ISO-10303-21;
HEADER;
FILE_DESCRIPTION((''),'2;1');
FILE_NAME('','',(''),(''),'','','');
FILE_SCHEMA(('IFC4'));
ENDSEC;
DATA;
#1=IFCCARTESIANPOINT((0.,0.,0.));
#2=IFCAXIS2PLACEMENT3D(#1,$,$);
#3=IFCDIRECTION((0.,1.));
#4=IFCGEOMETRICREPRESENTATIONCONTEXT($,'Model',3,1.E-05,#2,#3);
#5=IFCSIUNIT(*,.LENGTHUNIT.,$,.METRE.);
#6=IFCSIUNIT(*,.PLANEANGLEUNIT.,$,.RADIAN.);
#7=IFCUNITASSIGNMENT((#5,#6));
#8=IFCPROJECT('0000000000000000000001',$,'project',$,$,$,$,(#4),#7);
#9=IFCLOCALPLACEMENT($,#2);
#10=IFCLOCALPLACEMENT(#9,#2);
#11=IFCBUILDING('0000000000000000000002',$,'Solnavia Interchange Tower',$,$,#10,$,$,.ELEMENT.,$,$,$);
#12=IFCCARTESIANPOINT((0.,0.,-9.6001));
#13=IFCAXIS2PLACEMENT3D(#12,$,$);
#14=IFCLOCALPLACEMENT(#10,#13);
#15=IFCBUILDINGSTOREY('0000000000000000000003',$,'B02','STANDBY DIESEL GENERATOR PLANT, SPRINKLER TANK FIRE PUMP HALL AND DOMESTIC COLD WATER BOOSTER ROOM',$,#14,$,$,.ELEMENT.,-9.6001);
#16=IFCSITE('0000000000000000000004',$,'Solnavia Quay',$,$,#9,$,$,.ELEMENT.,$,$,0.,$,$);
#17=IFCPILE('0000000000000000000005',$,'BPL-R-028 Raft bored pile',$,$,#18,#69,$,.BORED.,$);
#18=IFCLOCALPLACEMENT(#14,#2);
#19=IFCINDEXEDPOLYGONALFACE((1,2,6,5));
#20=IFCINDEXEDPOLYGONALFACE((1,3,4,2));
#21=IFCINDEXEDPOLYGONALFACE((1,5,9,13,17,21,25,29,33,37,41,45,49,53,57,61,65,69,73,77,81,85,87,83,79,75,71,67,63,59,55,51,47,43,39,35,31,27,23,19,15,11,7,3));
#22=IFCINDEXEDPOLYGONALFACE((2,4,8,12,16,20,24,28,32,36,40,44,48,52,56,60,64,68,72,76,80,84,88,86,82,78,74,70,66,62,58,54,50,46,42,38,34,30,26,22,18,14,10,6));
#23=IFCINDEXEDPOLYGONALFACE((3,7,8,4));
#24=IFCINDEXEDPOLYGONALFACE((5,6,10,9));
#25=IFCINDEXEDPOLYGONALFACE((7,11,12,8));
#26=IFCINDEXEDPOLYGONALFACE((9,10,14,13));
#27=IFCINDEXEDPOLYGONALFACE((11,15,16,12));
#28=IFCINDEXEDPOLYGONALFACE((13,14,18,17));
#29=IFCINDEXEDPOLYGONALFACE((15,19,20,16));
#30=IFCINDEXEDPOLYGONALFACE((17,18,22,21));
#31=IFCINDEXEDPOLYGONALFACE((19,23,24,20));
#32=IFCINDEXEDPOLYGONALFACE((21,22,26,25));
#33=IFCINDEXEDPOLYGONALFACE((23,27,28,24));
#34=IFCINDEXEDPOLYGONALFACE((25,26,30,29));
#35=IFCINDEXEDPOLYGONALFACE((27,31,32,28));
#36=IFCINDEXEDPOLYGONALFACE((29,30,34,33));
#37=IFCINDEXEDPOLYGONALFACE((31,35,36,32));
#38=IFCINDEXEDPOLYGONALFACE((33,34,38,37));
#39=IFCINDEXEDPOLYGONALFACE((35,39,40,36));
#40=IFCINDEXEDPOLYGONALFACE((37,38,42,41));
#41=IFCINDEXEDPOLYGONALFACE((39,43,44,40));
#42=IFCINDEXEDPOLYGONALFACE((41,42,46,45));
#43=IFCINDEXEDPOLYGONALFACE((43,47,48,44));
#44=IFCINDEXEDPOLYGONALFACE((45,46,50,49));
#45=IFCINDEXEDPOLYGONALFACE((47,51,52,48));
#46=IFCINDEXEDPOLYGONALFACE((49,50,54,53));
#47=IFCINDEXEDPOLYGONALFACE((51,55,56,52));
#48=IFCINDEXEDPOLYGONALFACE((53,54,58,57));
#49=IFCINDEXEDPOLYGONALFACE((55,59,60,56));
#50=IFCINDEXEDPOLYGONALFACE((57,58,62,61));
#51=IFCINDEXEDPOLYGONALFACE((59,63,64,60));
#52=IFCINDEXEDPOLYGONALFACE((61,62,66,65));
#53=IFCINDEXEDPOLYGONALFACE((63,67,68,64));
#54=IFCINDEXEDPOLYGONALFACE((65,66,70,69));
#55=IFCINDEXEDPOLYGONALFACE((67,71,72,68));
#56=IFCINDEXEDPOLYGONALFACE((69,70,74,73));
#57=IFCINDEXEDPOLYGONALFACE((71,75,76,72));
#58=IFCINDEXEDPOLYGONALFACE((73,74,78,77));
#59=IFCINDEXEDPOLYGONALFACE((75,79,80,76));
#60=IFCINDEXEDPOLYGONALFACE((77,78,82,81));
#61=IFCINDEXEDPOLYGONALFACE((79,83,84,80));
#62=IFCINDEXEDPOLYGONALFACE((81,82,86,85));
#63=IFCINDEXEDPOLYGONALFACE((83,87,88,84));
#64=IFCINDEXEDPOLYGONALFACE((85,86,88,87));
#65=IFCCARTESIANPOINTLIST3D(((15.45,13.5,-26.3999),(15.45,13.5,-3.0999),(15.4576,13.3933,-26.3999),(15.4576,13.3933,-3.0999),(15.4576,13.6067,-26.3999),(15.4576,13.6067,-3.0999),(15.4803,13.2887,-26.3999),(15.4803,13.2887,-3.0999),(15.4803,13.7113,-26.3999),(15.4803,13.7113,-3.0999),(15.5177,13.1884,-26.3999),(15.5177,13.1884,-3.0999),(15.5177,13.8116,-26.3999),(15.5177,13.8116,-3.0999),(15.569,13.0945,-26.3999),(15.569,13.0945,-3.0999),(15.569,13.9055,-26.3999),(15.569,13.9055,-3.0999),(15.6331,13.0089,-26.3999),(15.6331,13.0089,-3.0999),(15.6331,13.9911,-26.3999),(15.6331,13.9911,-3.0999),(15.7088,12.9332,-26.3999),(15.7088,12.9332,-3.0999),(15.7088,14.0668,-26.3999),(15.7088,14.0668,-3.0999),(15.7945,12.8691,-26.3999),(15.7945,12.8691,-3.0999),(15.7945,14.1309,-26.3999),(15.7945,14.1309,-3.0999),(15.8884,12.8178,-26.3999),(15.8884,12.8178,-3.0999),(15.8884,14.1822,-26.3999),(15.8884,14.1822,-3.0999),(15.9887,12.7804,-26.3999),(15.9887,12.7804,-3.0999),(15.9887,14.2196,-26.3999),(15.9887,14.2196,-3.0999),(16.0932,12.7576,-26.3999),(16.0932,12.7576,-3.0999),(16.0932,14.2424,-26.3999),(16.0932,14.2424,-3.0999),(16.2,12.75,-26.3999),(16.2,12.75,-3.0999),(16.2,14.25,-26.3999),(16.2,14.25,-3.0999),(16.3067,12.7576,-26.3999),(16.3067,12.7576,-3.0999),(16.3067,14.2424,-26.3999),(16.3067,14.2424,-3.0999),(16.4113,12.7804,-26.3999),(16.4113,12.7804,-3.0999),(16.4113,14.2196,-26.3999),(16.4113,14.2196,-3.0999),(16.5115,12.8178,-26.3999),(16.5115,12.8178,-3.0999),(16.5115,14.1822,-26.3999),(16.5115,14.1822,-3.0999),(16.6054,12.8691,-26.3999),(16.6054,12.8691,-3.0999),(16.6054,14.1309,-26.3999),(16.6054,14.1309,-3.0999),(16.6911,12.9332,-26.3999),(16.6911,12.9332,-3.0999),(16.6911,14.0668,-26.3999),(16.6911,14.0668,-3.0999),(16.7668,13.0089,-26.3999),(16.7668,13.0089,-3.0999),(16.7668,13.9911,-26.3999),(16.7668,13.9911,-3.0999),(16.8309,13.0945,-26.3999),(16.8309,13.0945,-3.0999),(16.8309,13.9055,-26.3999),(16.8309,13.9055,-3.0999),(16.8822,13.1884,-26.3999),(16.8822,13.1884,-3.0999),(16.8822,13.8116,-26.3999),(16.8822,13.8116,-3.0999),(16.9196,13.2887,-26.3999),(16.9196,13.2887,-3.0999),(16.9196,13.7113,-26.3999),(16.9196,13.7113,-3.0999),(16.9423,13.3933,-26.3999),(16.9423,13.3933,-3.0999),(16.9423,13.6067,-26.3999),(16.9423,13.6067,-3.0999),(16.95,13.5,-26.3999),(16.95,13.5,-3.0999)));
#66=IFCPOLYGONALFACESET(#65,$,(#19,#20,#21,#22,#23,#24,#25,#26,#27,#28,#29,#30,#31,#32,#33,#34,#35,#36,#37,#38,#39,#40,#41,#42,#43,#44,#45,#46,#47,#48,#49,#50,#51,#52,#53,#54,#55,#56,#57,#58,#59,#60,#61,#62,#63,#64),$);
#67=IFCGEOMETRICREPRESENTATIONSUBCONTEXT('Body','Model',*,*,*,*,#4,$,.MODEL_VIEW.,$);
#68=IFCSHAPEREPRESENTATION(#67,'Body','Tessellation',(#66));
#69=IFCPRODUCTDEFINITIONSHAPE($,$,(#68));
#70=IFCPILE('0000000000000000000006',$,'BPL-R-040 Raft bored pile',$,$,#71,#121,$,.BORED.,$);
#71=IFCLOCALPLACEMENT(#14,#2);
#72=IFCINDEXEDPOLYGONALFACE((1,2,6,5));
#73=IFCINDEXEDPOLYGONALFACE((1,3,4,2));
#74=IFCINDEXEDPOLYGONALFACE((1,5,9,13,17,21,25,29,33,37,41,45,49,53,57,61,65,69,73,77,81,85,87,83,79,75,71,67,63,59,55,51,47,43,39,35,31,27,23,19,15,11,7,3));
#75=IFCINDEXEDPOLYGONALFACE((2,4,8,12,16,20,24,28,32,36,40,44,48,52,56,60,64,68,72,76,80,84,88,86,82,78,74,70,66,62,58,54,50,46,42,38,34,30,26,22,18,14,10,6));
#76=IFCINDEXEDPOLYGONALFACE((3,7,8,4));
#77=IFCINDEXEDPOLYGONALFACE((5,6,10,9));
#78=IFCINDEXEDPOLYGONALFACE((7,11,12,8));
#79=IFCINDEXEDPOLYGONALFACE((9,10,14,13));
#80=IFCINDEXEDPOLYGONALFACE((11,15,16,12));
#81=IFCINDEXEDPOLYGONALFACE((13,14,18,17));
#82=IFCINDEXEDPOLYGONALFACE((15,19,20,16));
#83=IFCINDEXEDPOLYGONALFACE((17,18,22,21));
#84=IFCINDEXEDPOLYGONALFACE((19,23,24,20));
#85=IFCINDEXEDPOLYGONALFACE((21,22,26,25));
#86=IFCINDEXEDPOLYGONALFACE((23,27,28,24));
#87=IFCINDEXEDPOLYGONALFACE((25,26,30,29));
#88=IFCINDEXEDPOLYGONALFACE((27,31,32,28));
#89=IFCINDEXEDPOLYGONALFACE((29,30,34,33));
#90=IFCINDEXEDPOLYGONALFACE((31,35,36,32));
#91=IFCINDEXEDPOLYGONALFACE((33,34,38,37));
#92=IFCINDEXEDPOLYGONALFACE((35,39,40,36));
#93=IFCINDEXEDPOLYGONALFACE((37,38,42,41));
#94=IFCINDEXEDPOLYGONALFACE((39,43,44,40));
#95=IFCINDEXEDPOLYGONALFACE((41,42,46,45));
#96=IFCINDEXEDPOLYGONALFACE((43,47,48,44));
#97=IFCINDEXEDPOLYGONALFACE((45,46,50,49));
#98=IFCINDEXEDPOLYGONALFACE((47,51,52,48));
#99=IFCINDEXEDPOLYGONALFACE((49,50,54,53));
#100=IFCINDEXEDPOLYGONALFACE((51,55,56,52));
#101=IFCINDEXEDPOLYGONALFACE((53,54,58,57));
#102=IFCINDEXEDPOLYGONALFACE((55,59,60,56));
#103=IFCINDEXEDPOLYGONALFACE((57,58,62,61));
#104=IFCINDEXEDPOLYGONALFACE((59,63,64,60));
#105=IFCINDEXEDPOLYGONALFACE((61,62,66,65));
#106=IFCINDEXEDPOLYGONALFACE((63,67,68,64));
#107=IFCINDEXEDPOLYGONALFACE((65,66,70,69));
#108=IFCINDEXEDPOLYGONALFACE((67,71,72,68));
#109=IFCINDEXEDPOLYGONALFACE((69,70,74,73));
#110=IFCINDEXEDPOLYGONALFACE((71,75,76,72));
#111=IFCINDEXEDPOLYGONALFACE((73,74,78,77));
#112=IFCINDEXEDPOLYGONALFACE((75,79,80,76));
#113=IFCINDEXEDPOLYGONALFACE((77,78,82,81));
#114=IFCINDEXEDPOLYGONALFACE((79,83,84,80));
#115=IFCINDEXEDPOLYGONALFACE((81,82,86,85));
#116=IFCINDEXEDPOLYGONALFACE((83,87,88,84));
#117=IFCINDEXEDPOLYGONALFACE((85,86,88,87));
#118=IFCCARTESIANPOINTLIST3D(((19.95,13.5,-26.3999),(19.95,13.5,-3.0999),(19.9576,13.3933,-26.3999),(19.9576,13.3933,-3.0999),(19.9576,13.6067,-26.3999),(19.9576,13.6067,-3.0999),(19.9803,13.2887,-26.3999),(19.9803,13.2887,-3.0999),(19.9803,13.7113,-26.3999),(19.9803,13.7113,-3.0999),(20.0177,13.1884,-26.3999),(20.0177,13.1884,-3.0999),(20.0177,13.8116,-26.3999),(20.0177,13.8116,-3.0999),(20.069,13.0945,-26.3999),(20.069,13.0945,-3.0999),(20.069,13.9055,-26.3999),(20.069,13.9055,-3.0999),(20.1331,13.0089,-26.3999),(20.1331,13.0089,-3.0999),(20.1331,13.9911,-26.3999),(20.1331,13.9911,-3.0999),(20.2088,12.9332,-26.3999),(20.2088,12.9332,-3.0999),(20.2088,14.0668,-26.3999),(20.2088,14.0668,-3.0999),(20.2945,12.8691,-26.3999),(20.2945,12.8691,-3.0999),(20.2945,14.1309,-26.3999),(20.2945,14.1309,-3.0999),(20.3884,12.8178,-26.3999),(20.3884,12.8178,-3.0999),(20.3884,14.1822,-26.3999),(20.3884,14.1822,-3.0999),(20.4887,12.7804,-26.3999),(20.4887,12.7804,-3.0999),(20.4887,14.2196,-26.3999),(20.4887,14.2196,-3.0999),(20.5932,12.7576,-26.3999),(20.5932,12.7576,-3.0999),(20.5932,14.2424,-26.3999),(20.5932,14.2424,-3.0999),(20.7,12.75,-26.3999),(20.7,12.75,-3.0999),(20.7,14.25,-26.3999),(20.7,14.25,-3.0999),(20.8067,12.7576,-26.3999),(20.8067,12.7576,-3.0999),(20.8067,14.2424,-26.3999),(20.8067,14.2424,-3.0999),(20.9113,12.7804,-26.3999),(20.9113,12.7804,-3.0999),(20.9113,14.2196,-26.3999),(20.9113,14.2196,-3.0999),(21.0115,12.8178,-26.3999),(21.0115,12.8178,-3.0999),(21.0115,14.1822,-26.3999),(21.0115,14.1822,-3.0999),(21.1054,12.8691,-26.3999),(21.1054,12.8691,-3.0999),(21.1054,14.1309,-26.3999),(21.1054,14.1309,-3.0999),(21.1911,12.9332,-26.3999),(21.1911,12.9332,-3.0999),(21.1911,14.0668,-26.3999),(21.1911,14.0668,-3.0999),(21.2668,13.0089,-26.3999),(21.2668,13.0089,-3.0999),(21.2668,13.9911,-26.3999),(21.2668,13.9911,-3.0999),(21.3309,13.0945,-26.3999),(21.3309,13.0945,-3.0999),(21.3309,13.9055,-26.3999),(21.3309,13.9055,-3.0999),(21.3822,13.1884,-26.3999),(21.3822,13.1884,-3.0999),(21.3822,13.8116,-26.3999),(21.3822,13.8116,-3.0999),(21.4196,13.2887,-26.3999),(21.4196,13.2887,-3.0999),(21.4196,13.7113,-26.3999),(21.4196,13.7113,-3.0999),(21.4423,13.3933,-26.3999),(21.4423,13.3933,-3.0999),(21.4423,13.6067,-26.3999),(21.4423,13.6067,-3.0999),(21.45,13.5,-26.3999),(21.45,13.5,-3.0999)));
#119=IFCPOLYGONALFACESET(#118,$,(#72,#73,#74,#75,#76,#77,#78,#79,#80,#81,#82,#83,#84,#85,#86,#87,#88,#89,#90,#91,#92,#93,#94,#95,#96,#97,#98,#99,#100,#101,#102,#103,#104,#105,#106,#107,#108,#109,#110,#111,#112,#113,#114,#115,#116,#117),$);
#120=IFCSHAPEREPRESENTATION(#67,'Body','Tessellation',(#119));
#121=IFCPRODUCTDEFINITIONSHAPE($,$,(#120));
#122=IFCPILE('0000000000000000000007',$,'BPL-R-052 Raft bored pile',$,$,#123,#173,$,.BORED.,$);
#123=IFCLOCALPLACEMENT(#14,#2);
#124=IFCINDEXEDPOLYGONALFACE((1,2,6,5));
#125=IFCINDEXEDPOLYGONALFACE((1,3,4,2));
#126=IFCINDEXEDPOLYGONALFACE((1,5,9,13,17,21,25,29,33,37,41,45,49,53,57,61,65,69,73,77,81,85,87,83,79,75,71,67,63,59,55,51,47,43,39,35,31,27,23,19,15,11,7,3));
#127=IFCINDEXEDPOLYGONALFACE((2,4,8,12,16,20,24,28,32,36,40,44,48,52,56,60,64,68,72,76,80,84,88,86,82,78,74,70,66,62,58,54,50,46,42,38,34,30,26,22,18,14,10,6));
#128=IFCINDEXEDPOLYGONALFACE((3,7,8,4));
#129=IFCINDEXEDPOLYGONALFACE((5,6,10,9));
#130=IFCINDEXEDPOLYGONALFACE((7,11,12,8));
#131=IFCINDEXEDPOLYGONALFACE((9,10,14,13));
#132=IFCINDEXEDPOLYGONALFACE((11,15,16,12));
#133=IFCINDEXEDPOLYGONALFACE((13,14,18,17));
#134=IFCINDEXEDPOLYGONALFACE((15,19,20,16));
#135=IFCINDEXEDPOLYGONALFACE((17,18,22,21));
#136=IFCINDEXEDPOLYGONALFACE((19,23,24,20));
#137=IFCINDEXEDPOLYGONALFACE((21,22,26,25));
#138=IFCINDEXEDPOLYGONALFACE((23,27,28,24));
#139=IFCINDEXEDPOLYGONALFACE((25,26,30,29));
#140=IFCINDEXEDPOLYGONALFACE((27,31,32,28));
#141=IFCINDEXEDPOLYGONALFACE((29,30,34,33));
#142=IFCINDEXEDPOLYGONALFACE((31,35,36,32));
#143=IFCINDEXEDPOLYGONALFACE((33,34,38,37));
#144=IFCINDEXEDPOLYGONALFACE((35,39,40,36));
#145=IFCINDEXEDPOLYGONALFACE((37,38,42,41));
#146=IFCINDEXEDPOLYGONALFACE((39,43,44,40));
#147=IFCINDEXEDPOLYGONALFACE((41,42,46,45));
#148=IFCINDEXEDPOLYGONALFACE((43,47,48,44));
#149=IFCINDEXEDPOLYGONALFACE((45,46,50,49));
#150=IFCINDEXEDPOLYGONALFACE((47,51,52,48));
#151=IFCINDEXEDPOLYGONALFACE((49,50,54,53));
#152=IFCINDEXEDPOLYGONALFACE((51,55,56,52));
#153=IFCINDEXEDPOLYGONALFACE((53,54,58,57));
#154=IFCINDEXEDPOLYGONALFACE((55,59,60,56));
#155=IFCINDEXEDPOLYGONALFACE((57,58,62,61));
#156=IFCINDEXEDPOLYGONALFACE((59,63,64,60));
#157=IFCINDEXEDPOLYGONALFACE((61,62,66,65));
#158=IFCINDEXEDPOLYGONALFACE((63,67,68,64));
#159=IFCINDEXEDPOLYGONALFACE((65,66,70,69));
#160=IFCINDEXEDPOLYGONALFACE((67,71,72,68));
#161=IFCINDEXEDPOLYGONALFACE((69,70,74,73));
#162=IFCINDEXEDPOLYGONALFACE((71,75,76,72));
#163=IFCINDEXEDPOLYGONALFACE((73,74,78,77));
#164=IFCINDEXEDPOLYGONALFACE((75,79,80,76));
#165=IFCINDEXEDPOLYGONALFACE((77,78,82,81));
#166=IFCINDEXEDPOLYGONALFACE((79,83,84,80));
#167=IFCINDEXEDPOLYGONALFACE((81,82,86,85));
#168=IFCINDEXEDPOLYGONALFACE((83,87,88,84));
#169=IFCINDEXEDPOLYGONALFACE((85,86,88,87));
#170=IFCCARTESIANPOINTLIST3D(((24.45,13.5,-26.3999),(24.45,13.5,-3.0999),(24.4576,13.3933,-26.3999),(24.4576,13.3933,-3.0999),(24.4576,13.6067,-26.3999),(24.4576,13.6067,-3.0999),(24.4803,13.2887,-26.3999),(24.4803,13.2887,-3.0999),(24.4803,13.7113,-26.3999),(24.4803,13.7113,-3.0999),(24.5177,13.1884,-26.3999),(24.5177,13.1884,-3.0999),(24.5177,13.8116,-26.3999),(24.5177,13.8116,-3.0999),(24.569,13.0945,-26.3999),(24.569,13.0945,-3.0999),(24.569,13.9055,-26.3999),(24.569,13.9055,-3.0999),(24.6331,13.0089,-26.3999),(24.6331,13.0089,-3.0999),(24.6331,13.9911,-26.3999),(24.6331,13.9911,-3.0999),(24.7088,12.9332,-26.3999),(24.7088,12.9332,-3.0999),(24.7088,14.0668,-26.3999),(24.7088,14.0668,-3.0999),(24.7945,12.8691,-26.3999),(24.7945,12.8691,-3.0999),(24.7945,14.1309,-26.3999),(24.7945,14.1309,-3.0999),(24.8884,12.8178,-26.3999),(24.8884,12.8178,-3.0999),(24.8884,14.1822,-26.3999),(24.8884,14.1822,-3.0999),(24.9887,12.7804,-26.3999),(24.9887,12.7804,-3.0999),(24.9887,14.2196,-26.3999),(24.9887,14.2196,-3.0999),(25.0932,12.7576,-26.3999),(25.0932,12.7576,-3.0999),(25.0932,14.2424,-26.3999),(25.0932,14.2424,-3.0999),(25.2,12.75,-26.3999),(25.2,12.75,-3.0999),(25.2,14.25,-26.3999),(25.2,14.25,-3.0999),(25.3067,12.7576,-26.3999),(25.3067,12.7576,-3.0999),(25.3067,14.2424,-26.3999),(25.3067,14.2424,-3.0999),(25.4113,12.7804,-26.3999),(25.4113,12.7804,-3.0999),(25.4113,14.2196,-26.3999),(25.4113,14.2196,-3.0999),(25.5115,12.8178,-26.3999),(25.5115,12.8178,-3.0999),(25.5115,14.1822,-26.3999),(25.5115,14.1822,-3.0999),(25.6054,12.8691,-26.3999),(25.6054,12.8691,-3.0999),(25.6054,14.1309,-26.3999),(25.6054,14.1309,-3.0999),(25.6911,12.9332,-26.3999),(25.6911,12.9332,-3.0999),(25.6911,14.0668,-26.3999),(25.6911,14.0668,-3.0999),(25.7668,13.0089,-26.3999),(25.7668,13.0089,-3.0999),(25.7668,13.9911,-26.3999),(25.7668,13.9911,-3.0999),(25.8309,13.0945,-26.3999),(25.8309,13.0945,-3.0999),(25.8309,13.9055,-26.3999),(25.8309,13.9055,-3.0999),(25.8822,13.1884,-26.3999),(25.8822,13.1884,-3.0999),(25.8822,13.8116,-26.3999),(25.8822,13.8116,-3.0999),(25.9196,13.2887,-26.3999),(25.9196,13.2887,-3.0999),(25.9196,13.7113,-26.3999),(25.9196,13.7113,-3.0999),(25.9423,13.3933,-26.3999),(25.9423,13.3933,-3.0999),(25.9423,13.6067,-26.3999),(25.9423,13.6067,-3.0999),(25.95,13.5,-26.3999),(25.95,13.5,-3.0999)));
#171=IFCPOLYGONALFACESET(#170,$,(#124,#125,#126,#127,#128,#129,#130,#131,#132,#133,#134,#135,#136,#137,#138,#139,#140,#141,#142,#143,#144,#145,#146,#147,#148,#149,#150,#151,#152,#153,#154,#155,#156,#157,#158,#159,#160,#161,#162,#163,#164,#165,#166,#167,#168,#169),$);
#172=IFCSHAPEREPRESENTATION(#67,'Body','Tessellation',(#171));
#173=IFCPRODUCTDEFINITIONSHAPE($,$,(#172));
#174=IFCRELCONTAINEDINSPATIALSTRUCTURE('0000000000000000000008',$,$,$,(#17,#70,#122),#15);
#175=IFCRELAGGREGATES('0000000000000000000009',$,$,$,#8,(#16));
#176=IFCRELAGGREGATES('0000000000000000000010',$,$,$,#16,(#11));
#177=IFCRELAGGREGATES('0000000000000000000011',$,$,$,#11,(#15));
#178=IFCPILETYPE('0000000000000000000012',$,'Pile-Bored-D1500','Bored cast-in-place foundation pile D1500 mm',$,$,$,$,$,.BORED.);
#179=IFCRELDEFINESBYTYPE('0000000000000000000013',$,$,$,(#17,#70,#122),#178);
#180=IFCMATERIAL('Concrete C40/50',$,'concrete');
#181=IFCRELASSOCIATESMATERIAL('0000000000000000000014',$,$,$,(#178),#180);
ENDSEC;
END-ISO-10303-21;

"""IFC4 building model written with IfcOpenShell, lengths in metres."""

from ifc_helpers import new_model, si_unit, direction, frame, origin, origin_2d, place, context, subcontext, project, spatial, circle, extrude, material, material_profile, profile_set, type_object, element, save


model = new_model("IFC4")

# Units and contexts
model_context = context("Model", 3, precision=1e-05, world=origin(), true_north=direction((0.0, 1.0)))
body_context = subcontext(model_context, "Body", "Model", "MODEL_VIEW")
ifc_project = project(units=[si_unit("LENGTHUNIT", "METRE"), si_unit("PLANEANGLEUNIT", "RADIAN")], contexts=[model_context])

# Site, building, storey
site_placement = place(None, origin())
site = spatial("IfcSite", under=ifc_project, at=site_placement, Name="Solnavia Quay", CompositionType="ELEMENT", RefElevation=0.0)
building_placement = place(site_placement, origin())
building = spatial("IfcBuilding", under=site, at=building_placement, Name="Solnavia Interchange Tower", CompositionType="ELEMENT")
storey_placement = place(building_placement, frame((0.0, 0.0, -9.6001)))
storey = spatial("IfcBuildingStorey", under=building, at=storey_placement, Name="B02", Description="STANDBY DIESEL GENERATOR PLANT, SPRINKLER TANK FIRE PUMP HALL AND DOMESTIC COLD WATER BOOSTER ROOM", CompositionType="ELEMENT", Elevation=-9.6001)

# Piles
ifc_material_1 = material(Name="Concrete C40/50", Category="concrete")
ifc_material_profile_1 = material_profile(ifc_material_1, circle(Radius=0.75, at=origin_2d()), Name="PILE D1500")
ifc_profile_set_1 = profile_set([ifc_material_profile_1], Name="Concrete C40/50")
pile_type = type_object("IfcPileType", Name="Pile-Bored-D1500", Description="Bored cast-in-place foundation pile D1500 mm", PredefinedType="BORED", material=ifc_profile_set_1)
for number, where, z_axis, x_axis, name in (
    (1, (16.2, 13.5, -3.0999), (0.0, 0.0, -1.0), (1.0, 0.0, 0.0), "BPL-R-028 Raft bored pile"),
    (2, (20.7, 13.5, -3.0999), (0.0, 0.0, -1.0), (1.0, 0.0, 0.0), "BPL-R-040 Raft bored pile"),
    (3, (25.2, 13.5, -3.0999), (0.0, 0.0, -1.0), (1.0, 0.0, 0.0), "BPL-R-052 Raft bored pile"),
):
    element("IfcPile", number, at=place(storey_placement, frame(where, z_axis=z_axis, x_axis=x_axis)), inside=storey, type_object=pile_type, Name=name, PredefinedType="BORED", context=body_context, shape_type="SweptSolid", body=[
        extrude(circle(Radius=0.75, at=origin_2d()), origin(), (0.0, 0.0, 1.0), 23.3),
    ])

save(model, "model.ifc")
